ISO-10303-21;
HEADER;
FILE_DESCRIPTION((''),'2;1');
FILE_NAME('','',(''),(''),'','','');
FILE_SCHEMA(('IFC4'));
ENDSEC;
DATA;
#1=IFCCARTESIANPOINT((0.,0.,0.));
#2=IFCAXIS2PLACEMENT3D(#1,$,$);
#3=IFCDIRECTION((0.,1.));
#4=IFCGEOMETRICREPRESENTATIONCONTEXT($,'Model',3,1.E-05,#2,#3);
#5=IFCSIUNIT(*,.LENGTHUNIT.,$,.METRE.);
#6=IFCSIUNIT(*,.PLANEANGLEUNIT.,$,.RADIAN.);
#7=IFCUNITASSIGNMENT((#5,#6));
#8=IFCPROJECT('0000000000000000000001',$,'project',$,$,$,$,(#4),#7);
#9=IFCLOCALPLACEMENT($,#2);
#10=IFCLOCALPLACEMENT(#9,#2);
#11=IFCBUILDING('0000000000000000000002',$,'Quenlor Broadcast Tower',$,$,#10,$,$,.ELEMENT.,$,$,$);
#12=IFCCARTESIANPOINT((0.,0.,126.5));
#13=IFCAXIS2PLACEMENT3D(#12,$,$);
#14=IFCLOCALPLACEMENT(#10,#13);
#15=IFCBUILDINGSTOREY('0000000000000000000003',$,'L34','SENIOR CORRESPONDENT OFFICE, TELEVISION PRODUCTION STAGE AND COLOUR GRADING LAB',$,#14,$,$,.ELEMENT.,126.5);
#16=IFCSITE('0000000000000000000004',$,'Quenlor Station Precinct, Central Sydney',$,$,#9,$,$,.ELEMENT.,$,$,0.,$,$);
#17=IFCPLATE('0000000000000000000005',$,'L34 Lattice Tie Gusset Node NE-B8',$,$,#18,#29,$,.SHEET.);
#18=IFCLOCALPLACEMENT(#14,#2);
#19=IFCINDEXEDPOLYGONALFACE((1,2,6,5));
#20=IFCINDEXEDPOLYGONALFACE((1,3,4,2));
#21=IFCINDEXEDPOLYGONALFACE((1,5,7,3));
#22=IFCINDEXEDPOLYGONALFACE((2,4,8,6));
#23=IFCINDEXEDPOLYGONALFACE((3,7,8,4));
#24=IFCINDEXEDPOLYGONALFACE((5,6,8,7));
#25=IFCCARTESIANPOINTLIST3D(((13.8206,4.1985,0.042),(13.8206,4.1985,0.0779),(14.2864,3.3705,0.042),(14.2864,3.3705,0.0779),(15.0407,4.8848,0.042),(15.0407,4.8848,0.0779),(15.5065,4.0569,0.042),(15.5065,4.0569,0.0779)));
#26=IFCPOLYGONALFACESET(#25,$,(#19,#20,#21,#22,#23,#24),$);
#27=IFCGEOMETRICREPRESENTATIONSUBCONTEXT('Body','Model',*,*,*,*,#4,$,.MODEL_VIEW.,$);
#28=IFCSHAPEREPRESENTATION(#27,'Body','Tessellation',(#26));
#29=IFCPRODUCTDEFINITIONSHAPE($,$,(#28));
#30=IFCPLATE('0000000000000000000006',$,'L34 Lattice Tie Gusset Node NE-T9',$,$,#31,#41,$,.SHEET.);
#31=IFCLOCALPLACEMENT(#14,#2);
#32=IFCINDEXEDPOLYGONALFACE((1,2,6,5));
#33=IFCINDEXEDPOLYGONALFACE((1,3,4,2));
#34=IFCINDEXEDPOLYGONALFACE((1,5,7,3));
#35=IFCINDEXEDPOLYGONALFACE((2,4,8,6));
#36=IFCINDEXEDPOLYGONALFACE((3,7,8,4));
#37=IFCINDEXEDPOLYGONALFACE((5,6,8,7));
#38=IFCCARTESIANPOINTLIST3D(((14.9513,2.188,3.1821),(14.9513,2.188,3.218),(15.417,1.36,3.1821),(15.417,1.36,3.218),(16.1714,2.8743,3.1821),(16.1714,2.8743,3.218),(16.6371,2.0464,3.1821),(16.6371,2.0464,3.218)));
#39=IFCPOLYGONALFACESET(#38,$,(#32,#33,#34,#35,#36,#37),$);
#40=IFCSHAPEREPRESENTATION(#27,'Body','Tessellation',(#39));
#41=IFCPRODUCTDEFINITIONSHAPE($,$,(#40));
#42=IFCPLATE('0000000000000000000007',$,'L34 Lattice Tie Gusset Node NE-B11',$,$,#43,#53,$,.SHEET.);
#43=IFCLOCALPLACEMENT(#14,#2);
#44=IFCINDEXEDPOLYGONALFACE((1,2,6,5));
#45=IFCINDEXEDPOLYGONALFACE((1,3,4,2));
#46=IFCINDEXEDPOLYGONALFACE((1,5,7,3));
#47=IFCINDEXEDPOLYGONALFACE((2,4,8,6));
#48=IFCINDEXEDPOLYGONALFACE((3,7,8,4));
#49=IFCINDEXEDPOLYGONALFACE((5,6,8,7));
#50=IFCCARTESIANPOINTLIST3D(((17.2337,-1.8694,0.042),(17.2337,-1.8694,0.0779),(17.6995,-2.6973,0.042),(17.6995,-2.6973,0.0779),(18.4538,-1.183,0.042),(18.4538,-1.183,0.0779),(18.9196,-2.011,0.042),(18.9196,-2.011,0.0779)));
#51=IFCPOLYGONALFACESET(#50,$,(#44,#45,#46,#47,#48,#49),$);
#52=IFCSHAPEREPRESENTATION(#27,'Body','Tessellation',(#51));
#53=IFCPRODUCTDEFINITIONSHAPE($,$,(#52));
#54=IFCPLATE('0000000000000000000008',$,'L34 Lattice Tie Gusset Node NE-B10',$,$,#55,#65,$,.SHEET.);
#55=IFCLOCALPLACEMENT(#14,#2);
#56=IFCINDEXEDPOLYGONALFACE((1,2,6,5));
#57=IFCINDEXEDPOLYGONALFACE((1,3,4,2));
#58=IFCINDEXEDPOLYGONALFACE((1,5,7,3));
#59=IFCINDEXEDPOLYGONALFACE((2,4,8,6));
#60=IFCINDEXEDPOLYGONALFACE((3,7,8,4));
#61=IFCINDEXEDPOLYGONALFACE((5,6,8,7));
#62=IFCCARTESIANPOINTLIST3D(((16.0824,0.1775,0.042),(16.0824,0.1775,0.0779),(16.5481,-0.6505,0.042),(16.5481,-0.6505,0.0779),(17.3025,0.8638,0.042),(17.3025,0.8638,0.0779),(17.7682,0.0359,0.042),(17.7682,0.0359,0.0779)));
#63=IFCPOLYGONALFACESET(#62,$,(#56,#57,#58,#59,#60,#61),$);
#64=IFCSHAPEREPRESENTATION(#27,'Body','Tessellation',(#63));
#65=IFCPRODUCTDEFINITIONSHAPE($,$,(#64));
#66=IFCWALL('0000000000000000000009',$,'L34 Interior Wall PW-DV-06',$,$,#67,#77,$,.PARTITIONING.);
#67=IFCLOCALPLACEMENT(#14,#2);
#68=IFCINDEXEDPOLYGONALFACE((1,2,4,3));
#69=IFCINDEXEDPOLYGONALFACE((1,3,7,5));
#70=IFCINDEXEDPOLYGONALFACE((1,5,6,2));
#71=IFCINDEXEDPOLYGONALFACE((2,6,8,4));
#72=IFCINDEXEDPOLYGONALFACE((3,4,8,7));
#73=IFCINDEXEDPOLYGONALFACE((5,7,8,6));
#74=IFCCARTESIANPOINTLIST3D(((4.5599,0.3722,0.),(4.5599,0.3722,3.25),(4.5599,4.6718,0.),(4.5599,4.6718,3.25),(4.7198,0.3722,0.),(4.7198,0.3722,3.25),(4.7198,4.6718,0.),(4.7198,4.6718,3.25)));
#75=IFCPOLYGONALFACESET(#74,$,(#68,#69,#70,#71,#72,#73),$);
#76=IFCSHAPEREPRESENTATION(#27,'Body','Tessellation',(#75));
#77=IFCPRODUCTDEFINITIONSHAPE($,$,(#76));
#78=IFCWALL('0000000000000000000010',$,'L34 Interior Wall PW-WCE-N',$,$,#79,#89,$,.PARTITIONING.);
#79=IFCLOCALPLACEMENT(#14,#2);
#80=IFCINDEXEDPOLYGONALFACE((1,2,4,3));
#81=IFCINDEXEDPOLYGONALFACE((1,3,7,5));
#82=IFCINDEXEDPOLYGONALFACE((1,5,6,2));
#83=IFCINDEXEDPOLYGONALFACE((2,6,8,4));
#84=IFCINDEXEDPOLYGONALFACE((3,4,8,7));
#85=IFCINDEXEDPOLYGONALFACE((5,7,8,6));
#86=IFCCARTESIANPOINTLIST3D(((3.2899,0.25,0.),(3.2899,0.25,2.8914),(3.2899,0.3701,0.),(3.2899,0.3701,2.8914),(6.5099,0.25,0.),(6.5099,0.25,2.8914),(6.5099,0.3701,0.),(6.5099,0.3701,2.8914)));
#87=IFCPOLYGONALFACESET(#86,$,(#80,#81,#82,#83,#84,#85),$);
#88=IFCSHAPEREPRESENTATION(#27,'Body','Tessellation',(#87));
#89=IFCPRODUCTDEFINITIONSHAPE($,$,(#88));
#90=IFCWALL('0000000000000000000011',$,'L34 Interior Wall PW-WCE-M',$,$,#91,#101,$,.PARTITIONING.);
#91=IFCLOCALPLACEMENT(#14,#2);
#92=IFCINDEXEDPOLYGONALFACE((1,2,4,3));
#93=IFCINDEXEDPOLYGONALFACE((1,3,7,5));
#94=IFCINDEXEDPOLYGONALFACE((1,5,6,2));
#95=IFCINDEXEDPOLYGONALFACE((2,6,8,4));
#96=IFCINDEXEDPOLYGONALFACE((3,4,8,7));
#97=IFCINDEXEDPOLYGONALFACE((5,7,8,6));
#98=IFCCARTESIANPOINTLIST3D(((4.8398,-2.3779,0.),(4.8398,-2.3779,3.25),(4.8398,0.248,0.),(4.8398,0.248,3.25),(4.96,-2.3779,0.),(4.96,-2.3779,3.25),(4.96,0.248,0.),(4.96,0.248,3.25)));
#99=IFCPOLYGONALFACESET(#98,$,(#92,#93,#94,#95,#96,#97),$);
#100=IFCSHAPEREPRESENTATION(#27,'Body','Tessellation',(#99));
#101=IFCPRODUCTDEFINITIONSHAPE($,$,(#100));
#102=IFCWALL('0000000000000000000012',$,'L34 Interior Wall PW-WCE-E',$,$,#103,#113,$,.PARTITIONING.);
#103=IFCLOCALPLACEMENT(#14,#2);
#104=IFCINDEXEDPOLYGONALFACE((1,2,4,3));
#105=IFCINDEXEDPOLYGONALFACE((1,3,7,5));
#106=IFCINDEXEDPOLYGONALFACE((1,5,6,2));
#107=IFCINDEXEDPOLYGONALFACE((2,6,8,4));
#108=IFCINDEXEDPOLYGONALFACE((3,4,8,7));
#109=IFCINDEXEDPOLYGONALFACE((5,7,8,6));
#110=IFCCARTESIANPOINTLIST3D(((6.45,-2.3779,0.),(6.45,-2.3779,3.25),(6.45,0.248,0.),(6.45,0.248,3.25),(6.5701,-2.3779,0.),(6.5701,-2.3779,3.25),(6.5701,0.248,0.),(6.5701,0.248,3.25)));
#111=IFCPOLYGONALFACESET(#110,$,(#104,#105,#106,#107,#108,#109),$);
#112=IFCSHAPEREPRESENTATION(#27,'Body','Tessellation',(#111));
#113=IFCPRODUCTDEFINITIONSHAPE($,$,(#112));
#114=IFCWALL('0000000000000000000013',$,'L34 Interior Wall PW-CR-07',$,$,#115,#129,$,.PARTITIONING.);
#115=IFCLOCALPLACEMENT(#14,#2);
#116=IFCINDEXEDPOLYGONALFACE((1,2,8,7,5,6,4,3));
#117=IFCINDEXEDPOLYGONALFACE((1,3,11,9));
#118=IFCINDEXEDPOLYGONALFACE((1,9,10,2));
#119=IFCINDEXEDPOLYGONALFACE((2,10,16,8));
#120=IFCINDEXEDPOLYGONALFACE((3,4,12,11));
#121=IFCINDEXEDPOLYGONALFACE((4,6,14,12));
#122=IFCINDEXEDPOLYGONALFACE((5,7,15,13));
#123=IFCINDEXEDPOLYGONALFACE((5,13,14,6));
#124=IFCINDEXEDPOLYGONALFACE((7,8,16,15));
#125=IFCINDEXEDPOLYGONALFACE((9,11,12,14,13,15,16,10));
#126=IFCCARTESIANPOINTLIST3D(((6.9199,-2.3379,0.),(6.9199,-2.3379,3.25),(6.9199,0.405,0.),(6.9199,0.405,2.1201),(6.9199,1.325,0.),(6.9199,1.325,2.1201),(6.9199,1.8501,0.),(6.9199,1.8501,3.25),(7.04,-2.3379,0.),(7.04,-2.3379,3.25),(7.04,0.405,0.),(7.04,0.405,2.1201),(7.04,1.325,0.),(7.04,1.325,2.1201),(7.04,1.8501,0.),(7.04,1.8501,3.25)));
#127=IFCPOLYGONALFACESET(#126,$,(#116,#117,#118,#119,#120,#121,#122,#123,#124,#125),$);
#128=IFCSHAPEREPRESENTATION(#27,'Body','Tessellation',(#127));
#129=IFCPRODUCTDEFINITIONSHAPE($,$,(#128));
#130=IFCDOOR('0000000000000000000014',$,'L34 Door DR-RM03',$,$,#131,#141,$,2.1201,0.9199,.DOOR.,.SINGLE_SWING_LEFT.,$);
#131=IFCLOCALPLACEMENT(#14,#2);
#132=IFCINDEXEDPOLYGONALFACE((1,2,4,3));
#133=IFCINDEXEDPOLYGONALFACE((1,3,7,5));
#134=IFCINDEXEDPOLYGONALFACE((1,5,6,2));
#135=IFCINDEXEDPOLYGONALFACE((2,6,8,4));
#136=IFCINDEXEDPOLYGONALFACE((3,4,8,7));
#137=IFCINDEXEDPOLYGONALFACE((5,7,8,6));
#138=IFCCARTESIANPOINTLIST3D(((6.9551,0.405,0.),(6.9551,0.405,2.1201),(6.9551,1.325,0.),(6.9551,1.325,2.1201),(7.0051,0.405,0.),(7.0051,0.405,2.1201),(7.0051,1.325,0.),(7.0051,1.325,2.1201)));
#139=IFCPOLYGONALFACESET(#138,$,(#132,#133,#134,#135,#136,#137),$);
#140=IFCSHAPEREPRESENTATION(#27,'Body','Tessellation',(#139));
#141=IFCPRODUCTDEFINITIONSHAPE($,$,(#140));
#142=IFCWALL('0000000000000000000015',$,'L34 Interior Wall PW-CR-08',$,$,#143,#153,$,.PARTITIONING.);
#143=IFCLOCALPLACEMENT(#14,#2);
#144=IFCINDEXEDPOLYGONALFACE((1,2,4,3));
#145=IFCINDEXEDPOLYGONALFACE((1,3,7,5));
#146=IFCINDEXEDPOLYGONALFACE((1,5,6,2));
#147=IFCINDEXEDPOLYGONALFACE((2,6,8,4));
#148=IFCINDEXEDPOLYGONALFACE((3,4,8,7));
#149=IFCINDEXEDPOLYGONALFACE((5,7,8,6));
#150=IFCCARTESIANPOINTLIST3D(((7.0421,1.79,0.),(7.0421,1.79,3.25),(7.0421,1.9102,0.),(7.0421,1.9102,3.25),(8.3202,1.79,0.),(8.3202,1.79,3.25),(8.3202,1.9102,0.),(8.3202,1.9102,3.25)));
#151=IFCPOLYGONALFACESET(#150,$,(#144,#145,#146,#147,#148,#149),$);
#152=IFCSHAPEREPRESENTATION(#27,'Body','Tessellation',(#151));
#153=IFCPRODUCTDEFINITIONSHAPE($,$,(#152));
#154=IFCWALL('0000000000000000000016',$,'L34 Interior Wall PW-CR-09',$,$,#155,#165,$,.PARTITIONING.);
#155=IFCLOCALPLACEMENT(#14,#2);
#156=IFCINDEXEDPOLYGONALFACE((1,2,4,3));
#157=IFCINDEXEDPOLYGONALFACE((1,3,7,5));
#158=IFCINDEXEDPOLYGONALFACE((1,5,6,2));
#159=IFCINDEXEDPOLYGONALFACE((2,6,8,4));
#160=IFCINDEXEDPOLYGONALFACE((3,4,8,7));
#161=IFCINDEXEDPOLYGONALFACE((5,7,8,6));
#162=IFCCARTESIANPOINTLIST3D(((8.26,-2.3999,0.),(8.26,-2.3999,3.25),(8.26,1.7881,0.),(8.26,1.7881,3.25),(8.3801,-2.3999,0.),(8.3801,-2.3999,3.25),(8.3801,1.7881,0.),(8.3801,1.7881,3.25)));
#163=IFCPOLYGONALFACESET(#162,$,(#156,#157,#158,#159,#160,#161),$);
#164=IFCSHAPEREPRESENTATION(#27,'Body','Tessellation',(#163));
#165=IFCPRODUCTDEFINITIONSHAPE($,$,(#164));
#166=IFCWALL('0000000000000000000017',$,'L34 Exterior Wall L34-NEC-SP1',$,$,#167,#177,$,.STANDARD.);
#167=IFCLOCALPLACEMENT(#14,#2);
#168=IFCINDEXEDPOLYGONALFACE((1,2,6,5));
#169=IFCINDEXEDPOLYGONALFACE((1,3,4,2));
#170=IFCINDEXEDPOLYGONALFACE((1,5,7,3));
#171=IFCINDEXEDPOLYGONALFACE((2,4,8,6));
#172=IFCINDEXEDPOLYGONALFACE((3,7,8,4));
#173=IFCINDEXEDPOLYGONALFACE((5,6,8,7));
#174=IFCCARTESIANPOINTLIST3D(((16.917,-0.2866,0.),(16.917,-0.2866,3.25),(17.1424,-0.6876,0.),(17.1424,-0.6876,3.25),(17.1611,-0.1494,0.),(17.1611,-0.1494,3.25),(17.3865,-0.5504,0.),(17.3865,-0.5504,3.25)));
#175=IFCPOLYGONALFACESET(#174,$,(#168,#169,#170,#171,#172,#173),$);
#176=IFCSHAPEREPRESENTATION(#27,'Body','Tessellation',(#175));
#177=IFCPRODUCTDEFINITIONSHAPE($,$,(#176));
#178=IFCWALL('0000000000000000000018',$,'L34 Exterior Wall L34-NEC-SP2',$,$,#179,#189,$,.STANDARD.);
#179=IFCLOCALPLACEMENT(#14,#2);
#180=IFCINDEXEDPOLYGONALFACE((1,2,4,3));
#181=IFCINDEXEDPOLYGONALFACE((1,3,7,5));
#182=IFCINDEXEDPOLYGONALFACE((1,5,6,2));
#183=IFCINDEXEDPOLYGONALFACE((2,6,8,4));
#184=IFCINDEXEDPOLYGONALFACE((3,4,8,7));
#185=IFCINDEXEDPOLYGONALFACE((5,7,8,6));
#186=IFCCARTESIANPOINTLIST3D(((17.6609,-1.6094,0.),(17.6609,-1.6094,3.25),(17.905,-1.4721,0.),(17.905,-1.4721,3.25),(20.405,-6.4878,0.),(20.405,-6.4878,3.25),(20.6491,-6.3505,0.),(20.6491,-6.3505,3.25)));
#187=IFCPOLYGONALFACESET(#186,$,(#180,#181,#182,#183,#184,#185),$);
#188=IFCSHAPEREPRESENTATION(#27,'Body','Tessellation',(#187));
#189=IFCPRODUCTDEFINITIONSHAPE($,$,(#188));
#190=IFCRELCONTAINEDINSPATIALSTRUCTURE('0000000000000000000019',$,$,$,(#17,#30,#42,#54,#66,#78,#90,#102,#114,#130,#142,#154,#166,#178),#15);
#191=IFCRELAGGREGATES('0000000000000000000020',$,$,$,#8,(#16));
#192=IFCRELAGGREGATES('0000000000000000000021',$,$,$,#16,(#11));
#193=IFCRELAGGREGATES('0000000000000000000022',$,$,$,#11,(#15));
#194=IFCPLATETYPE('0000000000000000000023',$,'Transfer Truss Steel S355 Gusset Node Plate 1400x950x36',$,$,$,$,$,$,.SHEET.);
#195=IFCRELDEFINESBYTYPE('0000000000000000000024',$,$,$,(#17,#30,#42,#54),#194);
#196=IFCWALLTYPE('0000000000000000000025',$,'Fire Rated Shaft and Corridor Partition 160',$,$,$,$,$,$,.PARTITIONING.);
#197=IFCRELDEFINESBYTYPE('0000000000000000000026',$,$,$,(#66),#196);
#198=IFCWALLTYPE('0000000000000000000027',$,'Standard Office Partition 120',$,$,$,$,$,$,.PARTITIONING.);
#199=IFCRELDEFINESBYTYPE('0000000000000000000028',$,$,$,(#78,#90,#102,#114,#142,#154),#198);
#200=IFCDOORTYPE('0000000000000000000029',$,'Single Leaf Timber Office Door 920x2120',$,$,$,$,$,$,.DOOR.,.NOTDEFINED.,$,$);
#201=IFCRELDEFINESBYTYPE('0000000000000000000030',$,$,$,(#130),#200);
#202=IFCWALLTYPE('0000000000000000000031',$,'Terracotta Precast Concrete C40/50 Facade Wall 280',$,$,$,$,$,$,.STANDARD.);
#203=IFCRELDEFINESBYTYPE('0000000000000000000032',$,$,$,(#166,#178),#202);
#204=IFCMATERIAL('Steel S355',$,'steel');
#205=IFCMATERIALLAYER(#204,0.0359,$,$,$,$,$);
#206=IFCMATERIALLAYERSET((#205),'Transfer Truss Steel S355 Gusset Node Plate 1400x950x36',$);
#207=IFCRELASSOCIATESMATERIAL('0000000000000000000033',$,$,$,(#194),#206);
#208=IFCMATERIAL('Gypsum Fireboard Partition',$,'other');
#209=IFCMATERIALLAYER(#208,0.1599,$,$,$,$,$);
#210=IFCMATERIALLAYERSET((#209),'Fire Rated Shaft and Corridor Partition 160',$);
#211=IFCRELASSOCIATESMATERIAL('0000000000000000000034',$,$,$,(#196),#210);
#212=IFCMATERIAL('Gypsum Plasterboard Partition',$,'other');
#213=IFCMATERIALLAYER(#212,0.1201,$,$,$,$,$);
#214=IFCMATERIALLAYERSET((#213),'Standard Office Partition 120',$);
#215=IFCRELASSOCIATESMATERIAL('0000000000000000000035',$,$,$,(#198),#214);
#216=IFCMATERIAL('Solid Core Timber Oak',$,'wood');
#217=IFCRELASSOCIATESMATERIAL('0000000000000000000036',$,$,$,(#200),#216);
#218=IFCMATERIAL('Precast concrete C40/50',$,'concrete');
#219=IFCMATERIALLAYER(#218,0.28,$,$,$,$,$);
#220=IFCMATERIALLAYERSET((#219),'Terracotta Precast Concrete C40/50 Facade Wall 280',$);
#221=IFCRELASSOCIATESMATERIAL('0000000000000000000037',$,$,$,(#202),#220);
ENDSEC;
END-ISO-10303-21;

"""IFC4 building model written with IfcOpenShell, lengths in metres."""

from ifc_helpers import new_model, si_unit, direction, frame, frame_2d, origin, origin_2d, place, context, subcontext, project, spatial, rectangle, extrude, material, layer, layer_set, type_object, element, fill, save


model = new_model("IFC4")

# Units and contexts
model_context = context("Model", 3, precision=1e-05, world=origin(), true_north=direction((0.0, 1.0)))
body_context = subcontext(model_context, "Body", "Model", "MODEL_VIEW")
ifc_project = project(units=[si_unit("LENGTHUNIT", "METRE"), si_unit("PLANEANGLEUNIT", "RADIAN")], contexts=[model_context])

# Site, building, storey
site_placement = place(None, origin())
site = spatial("IfcSite", under=ifc_project, at=site_placement, Name="Quenlor Station Precinct, Central Sydney", CompositionType="ELEMENT", RefElevation=0.0)
building_placement = place(site_placement, origin())
building = spatial("IfcBuilding", under=site, at=building_placement, Name="Quenlor Broadcast Tower", CompositionType="ELEMENT")
storey_placement = place(building_placement, frame((0.0, 0.0, 126.5)))
storey = spatial("IfcBuildingStorey", under=building, at=storey_placement, Name="L34", Description="SENIOR CORRESPONDENT OFFICE, TELEVISION PRODUCTION STAGE AND COLOUR GRADING LAB", CompositionType="ELEMENT", Elevation=126.5)

# Plates
ifc_material_1 = material(Name="Steel S355", Category="steel")
ifc_layer_1 = layer(ifc_material_1, 0.0359)
ifc_layer_set_1 = layer_set([ifc_layer_1], Name="Transfer Truss Steel S355 Gusset Node Plate 1400x950x36")
plate_type_1 = type_object("IfcPlateType", Name="Transfer Truss Steel S355 Gusset Node Plate 1400x950x36", PredefinedType="SHEET", material=ifc_layer_set_1)
for number, where, z_axis, x_axis, name in (
    (1, (14.6636, 4.1277, 0.042), (0.0, 0.0, 1.0), (0.871556, 0.490295, 0.0), "L34 Lattice Tie Gusset Node NE-B8"),
    (2, (15.7942, 2.1172, 3.1821), (0.0, 0.0, 1.0), (0.871556, 0.490295, 0.0), "L34 Lattice Tie Gusset Node NE-T9"),
    (3, (18.0767, -1.9402, 0.042), (0.0, 0.0, 1.0), (0.871556, 0.490295, 0.0), "L34 Lattice Tie Gusset Node NE-B11"),
    (4, (16.9253, 0.1067, 0.042), (0.0, 0.0, 1.0), (0.871556, 0.490295, 0.0), "L34 Lattice Tie Gusset Node NE-B10"),
):
    element("IfcPlate", number, at=place(storey_placement, frame(where, z_axis=z_axis, x_axis=x_axis)), inside=storey, type_object=plate_type_1, Name=name, PredefinedType="SHEET", context=body_context, shape_type="SweptSolid", body=[
        extrude(rectangle(XDim=1.3999, YDim=0.95, at=origin_2d()), origin(), (0.0, 0.0, 1.0), 0.0359),
    ])

# Walls
ifc_material_2 = material(Name="Gypsum Fireboard Partition", Category="other")
ifc_layer_2 = layer(ifc_material_2, 0.1599)
ifc_layer_set_2 = layer_set([ifc_layer_2], Name="Fire Rated Shaft and Corridor Partition 160")
wall_type_1 = type_object("IfcWallType", Name="Fire Rated Shaft and Corridor Partition 160", PredefinedType="PARTITIONING", material=ifc_layer_set_2)
wall_1_placement = place(storey_placement, frame((4.6399, 0.3721, 0.0), z_axis=(0.0, 0.0, 1.0), x_axis=(0.0, 1.0, 0.0)))
element("IfcWall", 5, at=wall_1_placement, inside=storey, type_object=wall_type_1, Name="L34 Interior Wall PW-DV-06", PredefinedType="PARTITIONING", context=body_context, shape_type="SweptSolid", body=[
    extrude(rectangle(XDim=4.2996, YDim=0.1599, at=frame_2d((2.1499, 0.0))), origin(), (0.0, 0.0, 1.0), 3.25),
])
ifc_material_3 = material(Name="Gypsum Plasterboard Partition", Category="other")
ifc_layer_3 = layer(ifc_material_3, 0.1201)
ifc_layer_set_3 = layer_set([ifc_layer_3], Name="Standard Office Partition 120")
wall_type_2 = type_object("IfcWallType", Name="Standard Office Partition 120", PredefinedType="PARTITIONING", material=ifc_layer_set_3)
wall_2_placement = place(storey_placement, frame((3.29, 0.3101, 0.0), z_axis=(0.0, 0.0, 1.0), x_axis=(1.0, 0.0, 0.0)))
element("IfcWall", 6, at=wall_2_placement, inside=storey, type_object=wall_type_2, Name="L34 Interior Wall PW-WCE-N", PredefinedType="PARTITIONING", context=body_context, shape_type="SweptSolid", body=[
    extrude(rectangle(XDim=3.22, YDim=0.1201, at=frame_2d((1.6099, 0.0))), origin(), (0.0, 0.0, 1.0), 2.8914),
])
for number, where, z_axis, x_axis, name in (
    (7, (4.8999, -2.3779, 0.0), (0.0, 0.0, 1.0), (0.0, 1.0, 0.0), "L34 Interior Wall PW-WCE-M"),
    (8, (6.51, -2.3779, 0.0), (0.0, 0.0, 1.0), (0.0, 1.0, 0.0), "L34 Interior Wall PW-WCE-E"),
):
    element("IfcWall", number, at=place(storey_placement, frame(where, z_axis=z_axis, x_axis=x_axis)), inside=storey, type_object=wall_type_2, Name=name, PredefinedType="PARTITIONING", context=body_context, shape_type="SweptSolid", body=[
        extrude(rectangle(XDim=2.626, YDim=0.1201, at=frame_2d((1.313, 0.0))), origin(), (0.0, 0.0, 1.0), 3.25),
    ])

# Wall, opening, door
wall_3_placement = place(storey_placement, frame((6.98, -2.3379, 0.0), z_axis=(0.0, 0.0, 1.0), x_axis=(0.0, 1.0, 0.0)))
wall_3 = element("IfcWall", 9, at=wall_3_placement, inside=storey, type_object=wall_type_2, Name="L34 Interior Wall PW-CR-07", PredefinedType="PARTITIONING", context=body_context, shape_type="SweptSolid", body=[
    extrude(rectangle(XDim=4.188, YDim=0.1201, at=frame_2d((2.094, 0.0))), origin(), (0.0, 0.0, 1.0), 3.25),
])
opening_placement = place(wall_3_placement, frame((2.7429, 0.0, 0.0)))
opening = element("IfcOpeningElement", 10, at=opening_placement, cuts=wall_3, PredefinedType="OPENING", context=body_context, shape_type="SweptSolid", body=[
    extrude(rectangle(XDim=0.9199, YDim=2.1201, at=frame_2d((0.46, 1.0601))), frame((0.0, 0.0701, 0.0), z_axis=(0.0, -1.0, 0.0), x_axis=(1.0, 0.0, 0.0)), (0.0, 0.0, 1.0), 0.1401),
])
ifc_material_4 = material(Name="Solid Core Timber Oak", Category="wood")
door_type = type_object("IfcDoorType", Name="Single Leaf Timber Office Door 920x2120", OperationType="NOTDEFINED", PredefinedType="DOOR", material=ifc_material_4)
door_placement = place(opening_placement, origin())
door = element("IfcDoor", 11, at=door_placement, inside=storey, type_object=door_type, Name="L34 Door DR-RM03", OperationType="SINGLE_SWING_LEFT", OverallHeight=2.1201, OverallWidth=0.9199, PredefinedType="DOOR", context=body_context, shape_type="SweptSolid", body=[
    extrude(rectangle(XDim=0.9199, YDim=2.1201, at=frame_2d((0.46, 1.0601))), frame((0.0, 0.0249, 0.0), z_axis=(0.0, -1.0, 0.0), x_axis=(1.0, 0.0, 0.0)), (0.0, 0.0, 1.0), 0.05),
])
fill(opening, door)

# Walls
wall_4_placement = place(storey_placement, frame((7.042, 1.8501, 0.0), z_axis=(0.0, 0.0, 1.0), x_axis=(1.0, 0.0, 0.0)))
element("IfcWall", 12, at=wall_4_placement, inside=storey, type_object=wall_type_2, Name="L34 Interior Wall PW-CR-08", PredefinedType="PARTITIONING", context=body_context, shape_type="SweptSolid", body=[
    extrude(rectangle(XDim=1.2781, YDim=0.1201, at=frame_2d((0.6392, 0.0))), origin(), (0.0, 0.0, 1.0), 3.25),
])
wall_5_placement = place(storey_placement, frame((8.3201, 1.7881, 0.0), z_axis=(0.0, 0.0, 1.0), x_axis=(0.0, -1.0, 0.0)))
element("IfcWall", 13, at=wall_5_placement, inside=storey, type_object=wall_type_2, Name="L34 Interior Wall PW-CR-09", PredefinedType="PARTITIONING", context=body_context, shape_type="SweptSolid", body=[
    extrude(rectangle(XDim=4.188, YDim=0.1201, at=frame_2d((2.094, 0.0))), origin(), (0.0, 0.0, 1.0), 3.25),
])
ifc_material_5 = material(Name="Precast concrete C40/50", Category="concrete")
ifc_layer_4 = layer(ifc_material_5, 0.28)
ifc_layer_set_4 = layer_set([ifc_layer_4], Name="Terracotta Precast Concrete C40/50 Facade Wall 280")
wall_type_3 = type_object("IfcWallType", Name="Terracotta Precast Concrete C40/50 Facade Wall 280", PredefinedType="STANDARD", material=ifc_layer_set_4)
wall_6_placement = place(storey_placement, frame((17.0391, -0.218, 0.0), z_axis=(0.0, 0.0, 1.0), x_axis=(0.490009, -0.871717, 0.0)))
element("IfcWall", 14, at=wall_6_placement, inside=storey, type_object=wall_type_3, Name="L34 Exterior Wall L34-NEC-SP1", PredefinedType="STANDARD", context=body_context, shape_type="SweptSolid", body=[
    extrude(rectangle(XDim=0.46, YDim=0.28, at=frame_2d((0.23, 0.0))), origin(), (0.0, 0.0, 1.0), 3.25),
])
wall_7_placement = place(storey_placement, frame((17.783, -1.5408, 0.0), z_axis=(0.0, 0.0, 1.0), x_axis=(0.490265, -0.871573, 0.0)))
element("IfcWall", 15, at=wall_7_placement, inside=storey, type_object=wall_type_3, Name="L34 Exterior Wall L34-NEC-SP2", PredefinedType="STANDARD", context=body_context, shape_type="SweptSolid", body=[
    extrude(rectangle(XDim=5.5972, YDim=0.28, at=frame_2d((2.7986, 0.0))), origin(), (0.0, 0.0, 1.0), 3.25),
])

save(model, "model.ifc")
